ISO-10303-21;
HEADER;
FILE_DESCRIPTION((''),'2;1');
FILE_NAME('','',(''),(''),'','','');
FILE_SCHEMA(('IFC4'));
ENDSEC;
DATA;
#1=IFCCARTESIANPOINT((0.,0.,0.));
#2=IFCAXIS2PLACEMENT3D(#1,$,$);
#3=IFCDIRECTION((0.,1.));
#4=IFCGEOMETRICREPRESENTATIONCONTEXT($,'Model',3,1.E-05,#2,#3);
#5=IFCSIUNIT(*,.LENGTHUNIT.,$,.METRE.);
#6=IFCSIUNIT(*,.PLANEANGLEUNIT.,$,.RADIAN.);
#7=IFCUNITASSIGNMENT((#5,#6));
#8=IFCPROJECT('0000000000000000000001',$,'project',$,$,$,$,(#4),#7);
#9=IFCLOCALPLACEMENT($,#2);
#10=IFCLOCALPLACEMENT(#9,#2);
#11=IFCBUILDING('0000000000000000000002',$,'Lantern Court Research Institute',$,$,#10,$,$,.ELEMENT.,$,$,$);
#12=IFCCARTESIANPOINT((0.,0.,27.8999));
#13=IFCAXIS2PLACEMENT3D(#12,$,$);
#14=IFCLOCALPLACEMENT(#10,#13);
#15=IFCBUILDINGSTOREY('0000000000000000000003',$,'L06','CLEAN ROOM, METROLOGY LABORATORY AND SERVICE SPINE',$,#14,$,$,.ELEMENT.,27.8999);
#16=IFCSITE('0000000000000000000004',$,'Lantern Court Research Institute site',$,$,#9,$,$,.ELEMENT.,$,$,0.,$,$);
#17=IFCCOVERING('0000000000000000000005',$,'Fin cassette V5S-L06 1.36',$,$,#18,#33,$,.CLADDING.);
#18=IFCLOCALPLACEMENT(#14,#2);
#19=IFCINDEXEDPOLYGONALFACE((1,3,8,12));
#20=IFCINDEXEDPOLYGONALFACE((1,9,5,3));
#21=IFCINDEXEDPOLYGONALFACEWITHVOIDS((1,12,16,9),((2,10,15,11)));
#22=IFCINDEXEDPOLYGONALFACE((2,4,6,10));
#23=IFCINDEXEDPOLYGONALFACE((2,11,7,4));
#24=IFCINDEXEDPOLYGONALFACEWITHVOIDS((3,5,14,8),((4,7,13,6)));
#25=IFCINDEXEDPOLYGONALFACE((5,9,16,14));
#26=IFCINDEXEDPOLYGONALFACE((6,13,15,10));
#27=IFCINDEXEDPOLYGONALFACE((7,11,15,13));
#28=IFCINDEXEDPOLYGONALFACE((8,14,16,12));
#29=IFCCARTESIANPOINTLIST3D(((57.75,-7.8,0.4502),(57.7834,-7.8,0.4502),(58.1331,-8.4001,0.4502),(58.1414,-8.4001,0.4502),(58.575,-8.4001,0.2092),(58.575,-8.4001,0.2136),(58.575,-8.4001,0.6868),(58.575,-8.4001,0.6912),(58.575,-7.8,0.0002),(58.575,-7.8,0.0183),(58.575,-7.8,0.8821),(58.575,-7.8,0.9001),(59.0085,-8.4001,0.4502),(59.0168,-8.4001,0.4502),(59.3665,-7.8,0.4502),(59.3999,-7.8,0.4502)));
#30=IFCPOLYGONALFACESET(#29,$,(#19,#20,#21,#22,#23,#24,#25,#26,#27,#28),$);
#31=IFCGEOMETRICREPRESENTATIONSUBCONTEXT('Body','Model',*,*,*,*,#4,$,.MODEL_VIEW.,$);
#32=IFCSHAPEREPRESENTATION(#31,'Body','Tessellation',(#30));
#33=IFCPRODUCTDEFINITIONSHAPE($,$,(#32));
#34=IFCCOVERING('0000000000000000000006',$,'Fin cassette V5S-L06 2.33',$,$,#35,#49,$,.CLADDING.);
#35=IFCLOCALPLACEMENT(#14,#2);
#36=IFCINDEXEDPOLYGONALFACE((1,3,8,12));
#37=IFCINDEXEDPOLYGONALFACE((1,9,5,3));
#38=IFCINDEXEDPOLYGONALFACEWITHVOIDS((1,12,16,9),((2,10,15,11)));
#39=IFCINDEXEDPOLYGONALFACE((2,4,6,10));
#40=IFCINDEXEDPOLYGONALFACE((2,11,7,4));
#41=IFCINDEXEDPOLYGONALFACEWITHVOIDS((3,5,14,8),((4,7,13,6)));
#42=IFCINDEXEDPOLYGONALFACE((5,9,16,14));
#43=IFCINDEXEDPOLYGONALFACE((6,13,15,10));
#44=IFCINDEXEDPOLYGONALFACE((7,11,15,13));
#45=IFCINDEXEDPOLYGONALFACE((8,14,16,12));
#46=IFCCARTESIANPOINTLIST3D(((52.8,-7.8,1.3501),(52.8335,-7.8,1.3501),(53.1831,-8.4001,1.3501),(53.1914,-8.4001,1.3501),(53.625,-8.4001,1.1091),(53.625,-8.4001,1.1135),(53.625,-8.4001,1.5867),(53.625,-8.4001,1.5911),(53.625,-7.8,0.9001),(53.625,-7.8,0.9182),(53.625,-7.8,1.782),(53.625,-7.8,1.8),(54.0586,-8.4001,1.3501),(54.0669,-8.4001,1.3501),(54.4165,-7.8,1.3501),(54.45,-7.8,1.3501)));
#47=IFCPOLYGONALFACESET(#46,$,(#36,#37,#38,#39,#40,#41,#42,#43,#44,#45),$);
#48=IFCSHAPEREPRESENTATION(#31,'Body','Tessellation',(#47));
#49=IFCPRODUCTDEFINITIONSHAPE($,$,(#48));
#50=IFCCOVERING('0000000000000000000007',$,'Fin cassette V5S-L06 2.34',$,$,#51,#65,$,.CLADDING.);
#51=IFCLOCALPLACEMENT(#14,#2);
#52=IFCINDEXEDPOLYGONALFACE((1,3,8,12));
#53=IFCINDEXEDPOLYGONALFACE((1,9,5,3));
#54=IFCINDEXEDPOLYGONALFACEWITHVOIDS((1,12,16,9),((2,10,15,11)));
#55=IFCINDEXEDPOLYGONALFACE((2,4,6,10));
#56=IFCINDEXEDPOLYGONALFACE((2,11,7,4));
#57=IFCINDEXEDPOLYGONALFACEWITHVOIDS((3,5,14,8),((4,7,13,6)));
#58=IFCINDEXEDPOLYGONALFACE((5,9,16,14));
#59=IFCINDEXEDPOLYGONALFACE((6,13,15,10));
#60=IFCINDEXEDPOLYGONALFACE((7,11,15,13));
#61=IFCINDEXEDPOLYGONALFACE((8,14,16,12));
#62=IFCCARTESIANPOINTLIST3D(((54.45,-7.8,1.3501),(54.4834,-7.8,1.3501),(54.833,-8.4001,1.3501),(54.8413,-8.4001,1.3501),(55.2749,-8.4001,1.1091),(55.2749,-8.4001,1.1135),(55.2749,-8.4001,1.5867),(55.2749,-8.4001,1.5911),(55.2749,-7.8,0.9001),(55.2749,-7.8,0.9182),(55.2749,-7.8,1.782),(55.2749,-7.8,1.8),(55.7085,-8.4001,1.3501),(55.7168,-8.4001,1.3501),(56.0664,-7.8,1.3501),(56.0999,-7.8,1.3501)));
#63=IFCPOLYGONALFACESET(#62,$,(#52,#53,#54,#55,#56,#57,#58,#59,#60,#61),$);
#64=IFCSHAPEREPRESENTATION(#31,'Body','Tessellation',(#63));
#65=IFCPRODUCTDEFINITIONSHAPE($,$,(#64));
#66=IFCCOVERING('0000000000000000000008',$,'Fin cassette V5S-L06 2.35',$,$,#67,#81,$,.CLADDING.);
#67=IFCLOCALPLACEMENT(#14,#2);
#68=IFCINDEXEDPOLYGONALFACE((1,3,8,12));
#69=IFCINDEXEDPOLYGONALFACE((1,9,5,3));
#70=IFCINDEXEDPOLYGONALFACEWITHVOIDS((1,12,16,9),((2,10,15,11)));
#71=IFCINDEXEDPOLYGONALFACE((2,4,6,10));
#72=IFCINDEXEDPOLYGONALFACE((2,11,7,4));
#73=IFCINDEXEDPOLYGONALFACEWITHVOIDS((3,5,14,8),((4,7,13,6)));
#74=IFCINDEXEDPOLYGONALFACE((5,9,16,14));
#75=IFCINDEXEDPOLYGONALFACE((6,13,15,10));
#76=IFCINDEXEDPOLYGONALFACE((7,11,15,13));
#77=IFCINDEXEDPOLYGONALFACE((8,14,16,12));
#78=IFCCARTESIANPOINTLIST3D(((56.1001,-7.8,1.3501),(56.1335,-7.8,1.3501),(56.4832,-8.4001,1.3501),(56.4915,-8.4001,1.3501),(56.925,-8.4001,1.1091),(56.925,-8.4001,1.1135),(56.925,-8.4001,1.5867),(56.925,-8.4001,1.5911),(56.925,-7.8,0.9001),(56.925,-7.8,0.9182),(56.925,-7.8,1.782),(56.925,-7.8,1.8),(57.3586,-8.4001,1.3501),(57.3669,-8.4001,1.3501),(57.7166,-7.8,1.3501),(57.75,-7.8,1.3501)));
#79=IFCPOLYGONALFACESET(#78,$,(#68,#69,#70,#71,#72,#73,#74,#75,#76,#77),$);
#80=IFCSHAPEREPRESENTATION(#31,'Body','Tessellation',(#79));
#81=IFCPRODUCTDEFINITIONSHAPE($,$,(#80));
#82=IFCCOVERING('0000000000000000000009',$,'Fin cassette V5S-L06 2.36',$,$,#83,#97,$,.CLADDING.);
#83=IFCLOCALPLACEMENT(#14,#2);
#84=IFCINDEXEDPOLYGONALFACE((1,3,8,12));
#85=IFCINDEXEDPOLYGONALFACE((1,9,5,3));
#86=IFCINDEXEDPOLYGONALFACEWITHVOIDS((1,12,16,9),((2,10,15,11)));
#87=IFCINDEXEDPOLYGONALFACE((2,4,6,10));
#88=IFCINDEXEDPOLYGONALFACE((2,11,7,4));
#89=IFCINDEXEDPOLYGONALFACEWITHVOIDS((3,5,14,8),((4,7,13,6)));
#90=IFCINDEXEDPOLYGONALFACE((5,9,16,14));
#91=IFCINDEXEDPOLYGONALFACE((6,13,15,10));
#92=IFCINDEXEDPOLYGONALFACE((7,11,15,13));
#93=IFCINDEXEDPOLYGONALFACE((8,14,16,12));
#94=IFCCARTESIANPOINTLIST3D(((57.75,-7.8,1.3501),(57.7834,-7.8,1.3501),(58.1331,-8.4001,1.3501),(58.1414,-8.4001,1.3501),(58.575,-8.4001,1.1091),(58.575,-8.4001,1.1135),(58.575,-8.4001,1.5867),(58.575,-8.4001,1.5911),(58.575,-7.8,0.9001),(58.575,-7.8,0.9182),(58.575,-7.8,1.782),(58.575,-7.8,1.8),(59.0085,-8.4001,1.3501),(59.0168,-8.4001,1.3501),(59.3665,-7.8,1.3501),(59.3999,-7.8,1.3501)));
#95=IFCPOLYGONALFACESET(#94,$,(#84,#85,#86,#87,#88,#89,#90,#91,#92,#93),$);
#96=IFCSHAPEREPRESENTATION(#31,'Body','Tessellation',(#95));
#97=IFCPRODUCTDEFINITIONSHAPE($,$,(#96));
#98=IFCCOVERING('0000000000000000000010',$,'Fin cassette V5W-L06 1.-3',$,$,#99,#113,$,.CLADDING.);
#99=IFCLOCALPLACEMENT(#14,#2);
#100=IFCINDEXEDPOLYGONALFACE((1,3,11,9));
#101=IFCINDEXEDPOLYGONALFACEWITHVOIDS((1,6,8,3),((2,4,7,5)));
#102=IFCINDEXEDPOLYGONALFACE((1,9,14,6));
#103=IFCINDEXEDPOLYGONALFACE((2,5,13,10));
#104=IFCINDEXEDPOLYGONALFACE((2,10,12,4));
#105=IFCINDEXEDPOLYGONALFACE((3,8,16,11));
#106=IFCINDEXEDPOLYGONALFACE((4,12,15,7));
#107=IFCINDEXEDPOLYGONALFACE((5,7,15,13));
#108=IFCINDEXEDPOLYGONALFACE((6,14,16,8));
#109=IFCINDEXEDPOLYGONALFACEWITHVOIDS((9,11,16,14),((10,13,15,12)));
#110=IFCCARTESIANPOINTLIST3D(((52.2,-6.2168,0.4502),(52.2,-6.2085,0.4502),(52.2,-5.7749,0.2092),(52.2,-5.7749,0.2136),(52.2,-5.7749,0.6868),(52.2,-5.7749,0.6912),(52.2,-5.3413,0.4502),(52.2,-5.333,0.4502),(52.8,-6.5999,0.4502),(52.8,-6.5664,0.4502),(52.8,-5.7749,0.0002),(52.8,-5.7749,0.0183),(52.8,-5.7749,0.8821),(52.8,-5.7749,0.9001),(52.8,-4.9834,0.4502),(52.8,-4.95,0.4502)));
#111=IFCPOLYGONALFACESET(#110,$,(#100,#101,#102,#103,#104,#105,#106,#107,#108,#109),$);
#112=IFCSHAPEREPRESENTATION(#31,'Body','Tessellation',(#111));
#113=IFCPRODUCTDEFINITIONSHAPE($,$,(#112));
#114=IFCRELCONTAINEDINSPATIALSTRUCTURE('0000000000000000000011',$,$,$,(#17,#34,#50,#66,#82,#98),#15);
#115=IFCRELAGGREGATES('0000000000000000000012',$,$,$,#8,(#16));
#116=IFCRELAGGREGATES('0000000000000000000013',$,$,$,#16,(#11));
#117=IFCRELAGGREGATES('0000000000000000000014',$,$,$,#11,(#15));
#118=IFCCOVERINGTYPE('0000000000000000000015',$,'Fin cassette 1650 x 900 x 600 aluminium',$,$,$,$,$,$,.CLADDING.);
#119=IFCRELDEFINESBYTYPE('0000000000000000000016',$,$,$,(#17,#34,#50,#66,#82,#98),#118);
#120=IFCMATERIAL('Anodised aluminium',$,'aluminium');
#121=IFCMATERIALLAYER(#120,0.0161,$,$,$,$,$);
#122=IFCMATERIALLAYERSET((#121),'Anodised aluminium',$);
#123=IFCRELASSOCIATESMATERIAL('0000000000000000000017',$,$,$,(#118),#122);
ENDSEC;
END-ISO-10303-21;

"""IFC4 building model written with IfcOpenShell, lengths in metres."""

from ifc_helpers import new_model, entity, si_unit, direction, frame, origin, place, context, subcontext, project, spatial, material, layer, layer_set, type_object, element, save


model = new_model("IFC4")

# Units and contexts
model_context = context("Model", 3, precision=1e-05, world=origin(), true_north=direction((0.0, 1.0)))
body_context = subcontext(model_context, "Body", "Model", "MODEL_VIEW")
ifc_project = project(units=[si_unit("LENGTHUNIT", "METRE"), si_unit("PLANEANGLEUNIT", "RADIAN")], contexts=[model_context])

# Site, building, storey
site_placement = place(None, origin())
site = spatial("IfcSite", under=ifc_project, at=site_placement, Name="Lantern Court Research Institute site", CompositionType="ELEMENT", RefElevation=0.0)
building_placement = place(site_placement, origin())
building = spatial("IfcBuilding", under=site, at=building_placement, Name="Lantern Court Research Institute", CompositionType="ELEMENT")
storey_placement = place(building_placement, frame((0.0, 0.0, 27.8999)))
storey = spatial("IfcBuildingStorey", under=building, at=storey_placement, Name="L06", Description="CLEAN ROOM, METROLOGY LABORATORY AND SERVICE SPINE", CompositionType="ELEMENT", Elevation=27.8999)

# Coverings
ifc_material_1 = material(Name="Anodised aluminium", Category="aluminium")
ifc_layer_1 = layer(ifc_material_1, 0.0161)
ifc_layer_set_1 = layer_set([ifc_layer_1], Name="Anodised aluminium")
covering_type = type_object("IfcCoveringType", Name="Fin cassette 1650 x 900 x 600 aluminium", PredefinedType="CLADDING", material=ifc_layer_set_1)
covering_1_placement = place(storey_placement, frame((58.575, -7.8, 0.4502), z_axis=(0.0, -1.0, 0.0), x_axis=(1.0, 0.0, 0.0)))
cartesian_point_1 = entity("IfcCartesianPoint", [0.825, 0.0])
cartesian_point_2 = entity("IfcCartesianPoint", [0.7915, 0.0])
cartesian_point_3 = entity("IfcCartesianPoint", [0.4419, 0.0])
cartesian_point_4 = entity("IfcCartesianPoint", [0.4336, 0.0])
element("IfcCovering", 1, at=covering_1_placement, inside=storey, type_object=covering_type, Name="Fin cassette V5S-L06 1.36", PredefinedType="CLADDING", context=body_context, shape_type="SweptSolid", body=[
    entity("IfcExtrudedAreaSolidTapered", entity("IfcArbitraryProfileDefWithVoids", "AREA", None, entity("IfcPolyline", [cartesian_point_1, entity("IfcCartesianPoint", [0.0, 0.45]), entity("IfcCartesianPoint", [-0.825, 0.0]), entity("IfcCartesianPoint", [0.0, -0.45]), cartesian_point_1]), [entity("IfcPolyline", [cartesian_point_2, entity("IfcCartesianPoint", [0.0, 0.4319]), entity("IfcCartesianPoint", [-0.7915, 0.0]), entity("IfcCartesianPoint", [0.0, -0.4319]), cartesian_point_2])]), entity("IfcAxis2Placement3D", entity("IfcCartesianPoint", [0.0, 0.0, 0.0])), entity("IfcDirection", [0.0, 0.0, 1.0]), 0.6001, entity("IfcArbitraryProfileDefWithVoids", "AREA", None, entity("IfcPolyline", [cartesian_point_3, entity("IfcCartesianPoint", [0.0, 0.241]), entity("IfcCartesianPoint", [-0.4419, 0.0]), entity("IfcCartesianPoint", [0.0, -0.241]), cartesian_point_3]), [entity("IfcPolyline", [cartesian_point_4, entity("IfcCartesianPoint", [0.0, 0.2366]), entity("IfcCartesianPoint", [-0.4336, 0.0]), entity("IfcCartesianPoint", [0.0, -0.2366]), cartesian_point_4])])),
])
covering_2_placement = place(storey_placement, frame((53.625, -7.8, 1.3501), z_axis=(0.0, -1.0, 0.0), x_axis=(1.0, 0.0, 0.0)))
cartesian_point_5 = entity("IfcCartesianPoint", [0.825, 0.0])
cartesian_point_6 = entity("IfcCartesianPoint", [0.7915, 0.0])
cartesian_point_7 = entity("IfcCartesianPoint", [0.4419, 0.0])
cartesian_point_8 = entity("IfcCartesianPoint", [0.4336, 0.0])
element("IfcCovering", 2, at=covering_2_placement, inside=storey, type_object=covering_type, Name="Fin cassette V5S-L06 2.33", PredefinedType="CLADDING", context=body_context, shape_type="SweptSolid", body=[
    entity("IfcExtrudedAreaSolidTapered", entity("IfcArbitraryProfileDefWithVoids", "AREA", None, entity("IfcPolyline", [cartesian_point_5, entity("IfcCartesianPoint", [0.0, 0.45]), entity("IfcCartesianPoint", [-0.825, 0.0]), entity("IfcCartesianPoint", [0.0, -0.45]), cartesian_point_5]), [entity("IfcPolyline", [cartesian_point_6, entity("IfcCartesianPoint", [0.0, 0.4319]), entity("IfcCartesianPoint", [-0.7915, 0.0]), entity("IfcCartesianPoint", [0.0, -0.4319]), cartesian_point_6])]), entity("IfcAxis2Placement3D", entity("IfcCartesianPoint", [0.0, 0.0, 0.0])), entity("IfcDirection", [0.0, 0.0, 1.0]), 0.6001, entity("IfcArbitraryProfileDefWithVoids", "AREA", None, entity("IfcPolyline", [cartesian_point_7, entity("IfcCartesianPoint", [0.0, 0.241]), entity("IfcCartesianPoint", [-0.4419, 0.0]), entity("IfcCartesianPoint", [0.0, -0.241]), cartesian_point_7]), [entity("IfcPolyline", [cartesian_point_8, entity("IfcCartesianPoint", [0.0, 0.2366]), entity("IfcCartesianPoint", [-0.4336, 0.0]), entity("IfcCartesianPoint", [0.0, -0.2366]), cartesian_point_8])])),
])
covering_3_placement = place(storey_placement, frame((55.2749, -7.8, 1.3501), z_axis=(0.0, -1.0, 0.0), x_axis=(1.0, 0.0, 0.0)))
cartesian_point_9 = entity("IfcCartesianPoint", [0.825, 0.0])
cartesian_point_10 = entity("IfcCartesianPoint", [0.7915, 0.0])
cartesian_point_11 = entity("IfcCartesianPoint", [0.4419, 0.0])
cartesian_point_12 = entity("IfcCartesianPoint", [0.4336, 0.0])
element("IfcCovering", 3, at=covering_3_placement, inside=storey, type_object=covering_type, Name="Fin cassette V5S-L06 2.34", PredefinedType="CLADDING", context=body_context, shape_type="SweptSolid", body=[
    entity("IfcExtrudedAreaSolidTapered", entity("IfcArbitraryProfileDefWithVoids", "AREA", None, entity("IfcPolyline", [cartesian_point_9, entity("IfcCartesianPoint", [0.0, 0.45]), entity("IfcCartesianPoint", [-0.825, 0.0]), entity("IfcCartesianPoint", [0.0, -0.45]), cartesian_point_9]), [entity("IfcPolyline", [cartesian_point_10, entity("IfcCartesianPoint", [0.0, 0.4319]), entity("IfcCartesianPoint", [-0.7915, 0.0]), entity("IfcCartesianPoint", [0.0, -0.4319]), cartesian_point_10])]), entity("IfcAxis2Placement3D", entity("IfcCartesianPoint", [0.0, 0.0, 0.0])), entity("IfcDirection", [0.0, 0.0, 1.0]), 0.6001, entity("IfcArbitraryProfileDefWithVoids", "AREA", None, entity("IfcPolyline", [cartesian_point_11, entity("IfcCartesianPoint", [0.0, 0.241]), entity("IfcCartesianPoint", [-0.4419, 0.0]), entity("IfcCartesianPoint", [0.0, -0.241]), cartesian_point_11]), [entity("IfcPolyline", [cartesian_point_12, entity("IfcCartesianPoint", [0.0, 0.2366]), entity("IfcCartesianPoint", [-0.4336, 0.0]), entity("IfcCartesianPoint", [0.0, -0.2366]), cartesian_point_12])])),
])
covering_4_placement = place(storey_placement, frame((56.925, -7.8, 1.3501), z_axis=(0.0, -1.0, 0.0), x_axis=(1.0, 0.0, 0.0)))
cartesian_point_13 = entity("IfcCartesianPoint", [0.825, 0.0])
cartesian_point_14 = entity("IfcCartesianPoint", [0.7915, 0.0])
cartesian_point_15 = entity("IfcCartesianPoint", [0.4419, 0.0])
cartesian_point_16 = entity("IfcCartesianPoint", [0.4336, 0.0])
element("IfcCovering", 4, at=covering_4_placement, inside=storey, type_object=covering_type, Name="Fin cassette V5S-L06 2.35", PredefinedType="CLADDING", context=body_context, shape_type="SweptSolid", body=[
    entity("IfcExtrudedAreaSolidTapered", entity("IfcArbitraryProfileDefWithVoids", "AREA", None, entity("IfcPolyline", [cartesian_point_13, entity("IfcCartesianPoint", [0.0, 0.45]), entity("IfcCartesianPoint", [-0.825, 0.0]), entity("IfcCartesianPoint", [0.0, -0.45]), cartesian_point_13]), [entity("IfcPolyline", [cartesian_point_14, entity("IfcCartesianPoint", [0.0, 0.4319]), entity("IfcCartesianPoint", [-0.7915, 0.0]), entity("IfcCartesianPoint", [0.0, -0.4319]), cartesian_point_14])]), entity("IfcAxis2Placement3D", entity("IfcCartesianPoint", [0.0, 0.0, 0.0])), entity("IfcDirection", [0.0, 0.0, 1.0]), 0.6001, entity("IfcArbitraryProfileDefWithVoids", "AREA", None, entity("IfcPolyline", [cartesian_point_15, entity("IfcCartesianPoint", [0.0, 0.241]), entity("IfcCartesianPoint", [-0.4419, 0.0]), entity("IfcCartesianPoint", [0.0, -0.241]), cartesian_point_15]), [entity("IfcPolyline", [cartesian_point_16, entity("IfcCartesianPoint", [0.0, 0.2366]), entity("IfcCartesianPoint", [-0.4336, 0.0]), entity("IfcCartesianPoint", [0.0, -0.2366]), cartesian_point_16])])),
])
covering_5_placement = place(storey_placement, frame((58.575, -7.8, 1.3501), z_axis=(0.0, -1.0, 0.0), x_axis=(1.0, 0.0, 0.0)))
cartesian_point_17 = entity("IfcCartesianPoint", [0.825, 0.0])
cartesian_point_18 = entity("IfcCartesianPoint", [0.7915, 0.0])
cartesian_point_19 = entity("IfcCartesianPoint", [0.4419, 0.0])
cartesian_point_20 = entity("IfcCartesianPoint", [0.4336, 0.0])
element("IfcCovering", 5, at=covering_5_placement, inside=storey, type_object=covering_type, Name="Fin cassette V5S-L06 2.36", PredefinedType="CLADDING", context=body_context, shape_type="SweptSolid", body=[
    entity("IfcExtrudedAreaSolidTapered", entity("IfcArbitraryProfileDefWithVoids", "AREA", None, entity("IfcPolyline", [cartesian_point_17, entity("IfcCartesianPoint", [0.0, 0.45]), entity("IfcCartesianPoint", [-0.825, 0.0]), entity("IfcCartesianPoint", [0.0, -0.45]), cartesian_point_17]), [entity("IfcPolyline", [cartesian_point_18, entity("IfcCartesianPoint", [0.0, 0.4319]), entity("IfcCartesianPoint", [-0.7915, 0.0]), entity("IfcCartesianPoint", [0.0, -0.4319]), cartesian_point_18])]), entity("IfcAxis2Placement3D", entity("IfcCartesianPoint", [0.0, 0.0, 0.0])), entity("IfcDirection", [0.0, 0.0, 1.0]), 0.6001, entity("IfcArbitraryProfileDefWithVoids", "AREA", None, entity("IfcPolyline", [cartesian_point_19, entity("IfcCartesianPoint", [0.0, 0.241]), entity("IfcCartesianPoint", [-0.4419, 0.0]), entity("IfcCartesianPoint", [0.0, -0.241]), cartesian_point_19]), [entity("IfcPolyline", [cartesian_point_20, entity("IfcCartesianPoint", [0.0, 0.2366]), entity("IfcCartesianPoint", [-0.4336, 0.0]), entity("IfcCartesianPoint", [0.0, -0.2366]), cartesian_point_20])])),
])
covering_6_placement = place(storey_placement, frame((52.8, -5.7749, 0.4502), z_axis=(-1.0, 0.0, 0.0), x_axis=(0.0, -1.0, 0.0)))
cartesian_point_21 = entity("IfcCartesianPoint", [0.825, 0.0])
cartesian_point_22 = entity("IfcCartesianPoint", [0.7915, 0.0])
cartesian_point_23 = entity("IfcCartesianPoint", [0.4419, 0.0])
cartesian_point_24 = entity("IfcCartesianPoint", [0.4336, 0.0])
element("IfcCovering", 6, at=covering_6_placement, inside=storey, type_object=covering_type, Name="Fin cassette V5W-L06 1.-3", PredefinedType="CLADDING", context=body_context, shape_type="SweptSolid", body=[
    entity("IfcExtrudedAreaSolidTapered", entity("IfcArbitraryProfileDefWithVoids", "AREA", None, entity("IfcPolyline", [cartesian_point_21, entity("IfcCartesianPoint", [0.0, 0.45]), entity("IfcCartesianPoint", [-0.825, 0.0]), entity("IfcCartesianPoint", [0.0, -0.45]), cartesian_point_21]), [entity("IfcPolyline", [cartesian_point_22, entity("IfcCartesianPoint", [0.0, 0.4319]), entity("IfcCartesianPoint", [-0.7915, 0.0]), entity("IfcCartesianPoint", [0.0, -0.4319]), cartesian_point_22])]), entity("IfcAxis2Placement3D", entity("IfcCartesianPoint", [0.0, 0.0, 0.0])), entity("IfcDirection", [0.0, 0.0, 1.0]), 0.6001, entity("IfcArbitraryProfileDefWithVoids", "AREA", None, entity("IfcPolyline", [cartesian_point_23, entity("IfcCartesianPoint", [0.0, 0.241]), entity("IfcCartesianPoint", [-0.4419, 0.0]), entity("IfcCartesianPoint", [0.0, -0.241]), cartesian_point_23]), [entity("IfcPolyline", [cartesian_point_24, entity("IfcCartesianPoint", [0.0, 0.2366]), entity("IfcCartesianPoint", [-0.4336, 0.0]), entity("IfcCartesianPoint", [0.0, -0.2366]), cartesian_point_24])])),
])

save(model, "model.ifc")
